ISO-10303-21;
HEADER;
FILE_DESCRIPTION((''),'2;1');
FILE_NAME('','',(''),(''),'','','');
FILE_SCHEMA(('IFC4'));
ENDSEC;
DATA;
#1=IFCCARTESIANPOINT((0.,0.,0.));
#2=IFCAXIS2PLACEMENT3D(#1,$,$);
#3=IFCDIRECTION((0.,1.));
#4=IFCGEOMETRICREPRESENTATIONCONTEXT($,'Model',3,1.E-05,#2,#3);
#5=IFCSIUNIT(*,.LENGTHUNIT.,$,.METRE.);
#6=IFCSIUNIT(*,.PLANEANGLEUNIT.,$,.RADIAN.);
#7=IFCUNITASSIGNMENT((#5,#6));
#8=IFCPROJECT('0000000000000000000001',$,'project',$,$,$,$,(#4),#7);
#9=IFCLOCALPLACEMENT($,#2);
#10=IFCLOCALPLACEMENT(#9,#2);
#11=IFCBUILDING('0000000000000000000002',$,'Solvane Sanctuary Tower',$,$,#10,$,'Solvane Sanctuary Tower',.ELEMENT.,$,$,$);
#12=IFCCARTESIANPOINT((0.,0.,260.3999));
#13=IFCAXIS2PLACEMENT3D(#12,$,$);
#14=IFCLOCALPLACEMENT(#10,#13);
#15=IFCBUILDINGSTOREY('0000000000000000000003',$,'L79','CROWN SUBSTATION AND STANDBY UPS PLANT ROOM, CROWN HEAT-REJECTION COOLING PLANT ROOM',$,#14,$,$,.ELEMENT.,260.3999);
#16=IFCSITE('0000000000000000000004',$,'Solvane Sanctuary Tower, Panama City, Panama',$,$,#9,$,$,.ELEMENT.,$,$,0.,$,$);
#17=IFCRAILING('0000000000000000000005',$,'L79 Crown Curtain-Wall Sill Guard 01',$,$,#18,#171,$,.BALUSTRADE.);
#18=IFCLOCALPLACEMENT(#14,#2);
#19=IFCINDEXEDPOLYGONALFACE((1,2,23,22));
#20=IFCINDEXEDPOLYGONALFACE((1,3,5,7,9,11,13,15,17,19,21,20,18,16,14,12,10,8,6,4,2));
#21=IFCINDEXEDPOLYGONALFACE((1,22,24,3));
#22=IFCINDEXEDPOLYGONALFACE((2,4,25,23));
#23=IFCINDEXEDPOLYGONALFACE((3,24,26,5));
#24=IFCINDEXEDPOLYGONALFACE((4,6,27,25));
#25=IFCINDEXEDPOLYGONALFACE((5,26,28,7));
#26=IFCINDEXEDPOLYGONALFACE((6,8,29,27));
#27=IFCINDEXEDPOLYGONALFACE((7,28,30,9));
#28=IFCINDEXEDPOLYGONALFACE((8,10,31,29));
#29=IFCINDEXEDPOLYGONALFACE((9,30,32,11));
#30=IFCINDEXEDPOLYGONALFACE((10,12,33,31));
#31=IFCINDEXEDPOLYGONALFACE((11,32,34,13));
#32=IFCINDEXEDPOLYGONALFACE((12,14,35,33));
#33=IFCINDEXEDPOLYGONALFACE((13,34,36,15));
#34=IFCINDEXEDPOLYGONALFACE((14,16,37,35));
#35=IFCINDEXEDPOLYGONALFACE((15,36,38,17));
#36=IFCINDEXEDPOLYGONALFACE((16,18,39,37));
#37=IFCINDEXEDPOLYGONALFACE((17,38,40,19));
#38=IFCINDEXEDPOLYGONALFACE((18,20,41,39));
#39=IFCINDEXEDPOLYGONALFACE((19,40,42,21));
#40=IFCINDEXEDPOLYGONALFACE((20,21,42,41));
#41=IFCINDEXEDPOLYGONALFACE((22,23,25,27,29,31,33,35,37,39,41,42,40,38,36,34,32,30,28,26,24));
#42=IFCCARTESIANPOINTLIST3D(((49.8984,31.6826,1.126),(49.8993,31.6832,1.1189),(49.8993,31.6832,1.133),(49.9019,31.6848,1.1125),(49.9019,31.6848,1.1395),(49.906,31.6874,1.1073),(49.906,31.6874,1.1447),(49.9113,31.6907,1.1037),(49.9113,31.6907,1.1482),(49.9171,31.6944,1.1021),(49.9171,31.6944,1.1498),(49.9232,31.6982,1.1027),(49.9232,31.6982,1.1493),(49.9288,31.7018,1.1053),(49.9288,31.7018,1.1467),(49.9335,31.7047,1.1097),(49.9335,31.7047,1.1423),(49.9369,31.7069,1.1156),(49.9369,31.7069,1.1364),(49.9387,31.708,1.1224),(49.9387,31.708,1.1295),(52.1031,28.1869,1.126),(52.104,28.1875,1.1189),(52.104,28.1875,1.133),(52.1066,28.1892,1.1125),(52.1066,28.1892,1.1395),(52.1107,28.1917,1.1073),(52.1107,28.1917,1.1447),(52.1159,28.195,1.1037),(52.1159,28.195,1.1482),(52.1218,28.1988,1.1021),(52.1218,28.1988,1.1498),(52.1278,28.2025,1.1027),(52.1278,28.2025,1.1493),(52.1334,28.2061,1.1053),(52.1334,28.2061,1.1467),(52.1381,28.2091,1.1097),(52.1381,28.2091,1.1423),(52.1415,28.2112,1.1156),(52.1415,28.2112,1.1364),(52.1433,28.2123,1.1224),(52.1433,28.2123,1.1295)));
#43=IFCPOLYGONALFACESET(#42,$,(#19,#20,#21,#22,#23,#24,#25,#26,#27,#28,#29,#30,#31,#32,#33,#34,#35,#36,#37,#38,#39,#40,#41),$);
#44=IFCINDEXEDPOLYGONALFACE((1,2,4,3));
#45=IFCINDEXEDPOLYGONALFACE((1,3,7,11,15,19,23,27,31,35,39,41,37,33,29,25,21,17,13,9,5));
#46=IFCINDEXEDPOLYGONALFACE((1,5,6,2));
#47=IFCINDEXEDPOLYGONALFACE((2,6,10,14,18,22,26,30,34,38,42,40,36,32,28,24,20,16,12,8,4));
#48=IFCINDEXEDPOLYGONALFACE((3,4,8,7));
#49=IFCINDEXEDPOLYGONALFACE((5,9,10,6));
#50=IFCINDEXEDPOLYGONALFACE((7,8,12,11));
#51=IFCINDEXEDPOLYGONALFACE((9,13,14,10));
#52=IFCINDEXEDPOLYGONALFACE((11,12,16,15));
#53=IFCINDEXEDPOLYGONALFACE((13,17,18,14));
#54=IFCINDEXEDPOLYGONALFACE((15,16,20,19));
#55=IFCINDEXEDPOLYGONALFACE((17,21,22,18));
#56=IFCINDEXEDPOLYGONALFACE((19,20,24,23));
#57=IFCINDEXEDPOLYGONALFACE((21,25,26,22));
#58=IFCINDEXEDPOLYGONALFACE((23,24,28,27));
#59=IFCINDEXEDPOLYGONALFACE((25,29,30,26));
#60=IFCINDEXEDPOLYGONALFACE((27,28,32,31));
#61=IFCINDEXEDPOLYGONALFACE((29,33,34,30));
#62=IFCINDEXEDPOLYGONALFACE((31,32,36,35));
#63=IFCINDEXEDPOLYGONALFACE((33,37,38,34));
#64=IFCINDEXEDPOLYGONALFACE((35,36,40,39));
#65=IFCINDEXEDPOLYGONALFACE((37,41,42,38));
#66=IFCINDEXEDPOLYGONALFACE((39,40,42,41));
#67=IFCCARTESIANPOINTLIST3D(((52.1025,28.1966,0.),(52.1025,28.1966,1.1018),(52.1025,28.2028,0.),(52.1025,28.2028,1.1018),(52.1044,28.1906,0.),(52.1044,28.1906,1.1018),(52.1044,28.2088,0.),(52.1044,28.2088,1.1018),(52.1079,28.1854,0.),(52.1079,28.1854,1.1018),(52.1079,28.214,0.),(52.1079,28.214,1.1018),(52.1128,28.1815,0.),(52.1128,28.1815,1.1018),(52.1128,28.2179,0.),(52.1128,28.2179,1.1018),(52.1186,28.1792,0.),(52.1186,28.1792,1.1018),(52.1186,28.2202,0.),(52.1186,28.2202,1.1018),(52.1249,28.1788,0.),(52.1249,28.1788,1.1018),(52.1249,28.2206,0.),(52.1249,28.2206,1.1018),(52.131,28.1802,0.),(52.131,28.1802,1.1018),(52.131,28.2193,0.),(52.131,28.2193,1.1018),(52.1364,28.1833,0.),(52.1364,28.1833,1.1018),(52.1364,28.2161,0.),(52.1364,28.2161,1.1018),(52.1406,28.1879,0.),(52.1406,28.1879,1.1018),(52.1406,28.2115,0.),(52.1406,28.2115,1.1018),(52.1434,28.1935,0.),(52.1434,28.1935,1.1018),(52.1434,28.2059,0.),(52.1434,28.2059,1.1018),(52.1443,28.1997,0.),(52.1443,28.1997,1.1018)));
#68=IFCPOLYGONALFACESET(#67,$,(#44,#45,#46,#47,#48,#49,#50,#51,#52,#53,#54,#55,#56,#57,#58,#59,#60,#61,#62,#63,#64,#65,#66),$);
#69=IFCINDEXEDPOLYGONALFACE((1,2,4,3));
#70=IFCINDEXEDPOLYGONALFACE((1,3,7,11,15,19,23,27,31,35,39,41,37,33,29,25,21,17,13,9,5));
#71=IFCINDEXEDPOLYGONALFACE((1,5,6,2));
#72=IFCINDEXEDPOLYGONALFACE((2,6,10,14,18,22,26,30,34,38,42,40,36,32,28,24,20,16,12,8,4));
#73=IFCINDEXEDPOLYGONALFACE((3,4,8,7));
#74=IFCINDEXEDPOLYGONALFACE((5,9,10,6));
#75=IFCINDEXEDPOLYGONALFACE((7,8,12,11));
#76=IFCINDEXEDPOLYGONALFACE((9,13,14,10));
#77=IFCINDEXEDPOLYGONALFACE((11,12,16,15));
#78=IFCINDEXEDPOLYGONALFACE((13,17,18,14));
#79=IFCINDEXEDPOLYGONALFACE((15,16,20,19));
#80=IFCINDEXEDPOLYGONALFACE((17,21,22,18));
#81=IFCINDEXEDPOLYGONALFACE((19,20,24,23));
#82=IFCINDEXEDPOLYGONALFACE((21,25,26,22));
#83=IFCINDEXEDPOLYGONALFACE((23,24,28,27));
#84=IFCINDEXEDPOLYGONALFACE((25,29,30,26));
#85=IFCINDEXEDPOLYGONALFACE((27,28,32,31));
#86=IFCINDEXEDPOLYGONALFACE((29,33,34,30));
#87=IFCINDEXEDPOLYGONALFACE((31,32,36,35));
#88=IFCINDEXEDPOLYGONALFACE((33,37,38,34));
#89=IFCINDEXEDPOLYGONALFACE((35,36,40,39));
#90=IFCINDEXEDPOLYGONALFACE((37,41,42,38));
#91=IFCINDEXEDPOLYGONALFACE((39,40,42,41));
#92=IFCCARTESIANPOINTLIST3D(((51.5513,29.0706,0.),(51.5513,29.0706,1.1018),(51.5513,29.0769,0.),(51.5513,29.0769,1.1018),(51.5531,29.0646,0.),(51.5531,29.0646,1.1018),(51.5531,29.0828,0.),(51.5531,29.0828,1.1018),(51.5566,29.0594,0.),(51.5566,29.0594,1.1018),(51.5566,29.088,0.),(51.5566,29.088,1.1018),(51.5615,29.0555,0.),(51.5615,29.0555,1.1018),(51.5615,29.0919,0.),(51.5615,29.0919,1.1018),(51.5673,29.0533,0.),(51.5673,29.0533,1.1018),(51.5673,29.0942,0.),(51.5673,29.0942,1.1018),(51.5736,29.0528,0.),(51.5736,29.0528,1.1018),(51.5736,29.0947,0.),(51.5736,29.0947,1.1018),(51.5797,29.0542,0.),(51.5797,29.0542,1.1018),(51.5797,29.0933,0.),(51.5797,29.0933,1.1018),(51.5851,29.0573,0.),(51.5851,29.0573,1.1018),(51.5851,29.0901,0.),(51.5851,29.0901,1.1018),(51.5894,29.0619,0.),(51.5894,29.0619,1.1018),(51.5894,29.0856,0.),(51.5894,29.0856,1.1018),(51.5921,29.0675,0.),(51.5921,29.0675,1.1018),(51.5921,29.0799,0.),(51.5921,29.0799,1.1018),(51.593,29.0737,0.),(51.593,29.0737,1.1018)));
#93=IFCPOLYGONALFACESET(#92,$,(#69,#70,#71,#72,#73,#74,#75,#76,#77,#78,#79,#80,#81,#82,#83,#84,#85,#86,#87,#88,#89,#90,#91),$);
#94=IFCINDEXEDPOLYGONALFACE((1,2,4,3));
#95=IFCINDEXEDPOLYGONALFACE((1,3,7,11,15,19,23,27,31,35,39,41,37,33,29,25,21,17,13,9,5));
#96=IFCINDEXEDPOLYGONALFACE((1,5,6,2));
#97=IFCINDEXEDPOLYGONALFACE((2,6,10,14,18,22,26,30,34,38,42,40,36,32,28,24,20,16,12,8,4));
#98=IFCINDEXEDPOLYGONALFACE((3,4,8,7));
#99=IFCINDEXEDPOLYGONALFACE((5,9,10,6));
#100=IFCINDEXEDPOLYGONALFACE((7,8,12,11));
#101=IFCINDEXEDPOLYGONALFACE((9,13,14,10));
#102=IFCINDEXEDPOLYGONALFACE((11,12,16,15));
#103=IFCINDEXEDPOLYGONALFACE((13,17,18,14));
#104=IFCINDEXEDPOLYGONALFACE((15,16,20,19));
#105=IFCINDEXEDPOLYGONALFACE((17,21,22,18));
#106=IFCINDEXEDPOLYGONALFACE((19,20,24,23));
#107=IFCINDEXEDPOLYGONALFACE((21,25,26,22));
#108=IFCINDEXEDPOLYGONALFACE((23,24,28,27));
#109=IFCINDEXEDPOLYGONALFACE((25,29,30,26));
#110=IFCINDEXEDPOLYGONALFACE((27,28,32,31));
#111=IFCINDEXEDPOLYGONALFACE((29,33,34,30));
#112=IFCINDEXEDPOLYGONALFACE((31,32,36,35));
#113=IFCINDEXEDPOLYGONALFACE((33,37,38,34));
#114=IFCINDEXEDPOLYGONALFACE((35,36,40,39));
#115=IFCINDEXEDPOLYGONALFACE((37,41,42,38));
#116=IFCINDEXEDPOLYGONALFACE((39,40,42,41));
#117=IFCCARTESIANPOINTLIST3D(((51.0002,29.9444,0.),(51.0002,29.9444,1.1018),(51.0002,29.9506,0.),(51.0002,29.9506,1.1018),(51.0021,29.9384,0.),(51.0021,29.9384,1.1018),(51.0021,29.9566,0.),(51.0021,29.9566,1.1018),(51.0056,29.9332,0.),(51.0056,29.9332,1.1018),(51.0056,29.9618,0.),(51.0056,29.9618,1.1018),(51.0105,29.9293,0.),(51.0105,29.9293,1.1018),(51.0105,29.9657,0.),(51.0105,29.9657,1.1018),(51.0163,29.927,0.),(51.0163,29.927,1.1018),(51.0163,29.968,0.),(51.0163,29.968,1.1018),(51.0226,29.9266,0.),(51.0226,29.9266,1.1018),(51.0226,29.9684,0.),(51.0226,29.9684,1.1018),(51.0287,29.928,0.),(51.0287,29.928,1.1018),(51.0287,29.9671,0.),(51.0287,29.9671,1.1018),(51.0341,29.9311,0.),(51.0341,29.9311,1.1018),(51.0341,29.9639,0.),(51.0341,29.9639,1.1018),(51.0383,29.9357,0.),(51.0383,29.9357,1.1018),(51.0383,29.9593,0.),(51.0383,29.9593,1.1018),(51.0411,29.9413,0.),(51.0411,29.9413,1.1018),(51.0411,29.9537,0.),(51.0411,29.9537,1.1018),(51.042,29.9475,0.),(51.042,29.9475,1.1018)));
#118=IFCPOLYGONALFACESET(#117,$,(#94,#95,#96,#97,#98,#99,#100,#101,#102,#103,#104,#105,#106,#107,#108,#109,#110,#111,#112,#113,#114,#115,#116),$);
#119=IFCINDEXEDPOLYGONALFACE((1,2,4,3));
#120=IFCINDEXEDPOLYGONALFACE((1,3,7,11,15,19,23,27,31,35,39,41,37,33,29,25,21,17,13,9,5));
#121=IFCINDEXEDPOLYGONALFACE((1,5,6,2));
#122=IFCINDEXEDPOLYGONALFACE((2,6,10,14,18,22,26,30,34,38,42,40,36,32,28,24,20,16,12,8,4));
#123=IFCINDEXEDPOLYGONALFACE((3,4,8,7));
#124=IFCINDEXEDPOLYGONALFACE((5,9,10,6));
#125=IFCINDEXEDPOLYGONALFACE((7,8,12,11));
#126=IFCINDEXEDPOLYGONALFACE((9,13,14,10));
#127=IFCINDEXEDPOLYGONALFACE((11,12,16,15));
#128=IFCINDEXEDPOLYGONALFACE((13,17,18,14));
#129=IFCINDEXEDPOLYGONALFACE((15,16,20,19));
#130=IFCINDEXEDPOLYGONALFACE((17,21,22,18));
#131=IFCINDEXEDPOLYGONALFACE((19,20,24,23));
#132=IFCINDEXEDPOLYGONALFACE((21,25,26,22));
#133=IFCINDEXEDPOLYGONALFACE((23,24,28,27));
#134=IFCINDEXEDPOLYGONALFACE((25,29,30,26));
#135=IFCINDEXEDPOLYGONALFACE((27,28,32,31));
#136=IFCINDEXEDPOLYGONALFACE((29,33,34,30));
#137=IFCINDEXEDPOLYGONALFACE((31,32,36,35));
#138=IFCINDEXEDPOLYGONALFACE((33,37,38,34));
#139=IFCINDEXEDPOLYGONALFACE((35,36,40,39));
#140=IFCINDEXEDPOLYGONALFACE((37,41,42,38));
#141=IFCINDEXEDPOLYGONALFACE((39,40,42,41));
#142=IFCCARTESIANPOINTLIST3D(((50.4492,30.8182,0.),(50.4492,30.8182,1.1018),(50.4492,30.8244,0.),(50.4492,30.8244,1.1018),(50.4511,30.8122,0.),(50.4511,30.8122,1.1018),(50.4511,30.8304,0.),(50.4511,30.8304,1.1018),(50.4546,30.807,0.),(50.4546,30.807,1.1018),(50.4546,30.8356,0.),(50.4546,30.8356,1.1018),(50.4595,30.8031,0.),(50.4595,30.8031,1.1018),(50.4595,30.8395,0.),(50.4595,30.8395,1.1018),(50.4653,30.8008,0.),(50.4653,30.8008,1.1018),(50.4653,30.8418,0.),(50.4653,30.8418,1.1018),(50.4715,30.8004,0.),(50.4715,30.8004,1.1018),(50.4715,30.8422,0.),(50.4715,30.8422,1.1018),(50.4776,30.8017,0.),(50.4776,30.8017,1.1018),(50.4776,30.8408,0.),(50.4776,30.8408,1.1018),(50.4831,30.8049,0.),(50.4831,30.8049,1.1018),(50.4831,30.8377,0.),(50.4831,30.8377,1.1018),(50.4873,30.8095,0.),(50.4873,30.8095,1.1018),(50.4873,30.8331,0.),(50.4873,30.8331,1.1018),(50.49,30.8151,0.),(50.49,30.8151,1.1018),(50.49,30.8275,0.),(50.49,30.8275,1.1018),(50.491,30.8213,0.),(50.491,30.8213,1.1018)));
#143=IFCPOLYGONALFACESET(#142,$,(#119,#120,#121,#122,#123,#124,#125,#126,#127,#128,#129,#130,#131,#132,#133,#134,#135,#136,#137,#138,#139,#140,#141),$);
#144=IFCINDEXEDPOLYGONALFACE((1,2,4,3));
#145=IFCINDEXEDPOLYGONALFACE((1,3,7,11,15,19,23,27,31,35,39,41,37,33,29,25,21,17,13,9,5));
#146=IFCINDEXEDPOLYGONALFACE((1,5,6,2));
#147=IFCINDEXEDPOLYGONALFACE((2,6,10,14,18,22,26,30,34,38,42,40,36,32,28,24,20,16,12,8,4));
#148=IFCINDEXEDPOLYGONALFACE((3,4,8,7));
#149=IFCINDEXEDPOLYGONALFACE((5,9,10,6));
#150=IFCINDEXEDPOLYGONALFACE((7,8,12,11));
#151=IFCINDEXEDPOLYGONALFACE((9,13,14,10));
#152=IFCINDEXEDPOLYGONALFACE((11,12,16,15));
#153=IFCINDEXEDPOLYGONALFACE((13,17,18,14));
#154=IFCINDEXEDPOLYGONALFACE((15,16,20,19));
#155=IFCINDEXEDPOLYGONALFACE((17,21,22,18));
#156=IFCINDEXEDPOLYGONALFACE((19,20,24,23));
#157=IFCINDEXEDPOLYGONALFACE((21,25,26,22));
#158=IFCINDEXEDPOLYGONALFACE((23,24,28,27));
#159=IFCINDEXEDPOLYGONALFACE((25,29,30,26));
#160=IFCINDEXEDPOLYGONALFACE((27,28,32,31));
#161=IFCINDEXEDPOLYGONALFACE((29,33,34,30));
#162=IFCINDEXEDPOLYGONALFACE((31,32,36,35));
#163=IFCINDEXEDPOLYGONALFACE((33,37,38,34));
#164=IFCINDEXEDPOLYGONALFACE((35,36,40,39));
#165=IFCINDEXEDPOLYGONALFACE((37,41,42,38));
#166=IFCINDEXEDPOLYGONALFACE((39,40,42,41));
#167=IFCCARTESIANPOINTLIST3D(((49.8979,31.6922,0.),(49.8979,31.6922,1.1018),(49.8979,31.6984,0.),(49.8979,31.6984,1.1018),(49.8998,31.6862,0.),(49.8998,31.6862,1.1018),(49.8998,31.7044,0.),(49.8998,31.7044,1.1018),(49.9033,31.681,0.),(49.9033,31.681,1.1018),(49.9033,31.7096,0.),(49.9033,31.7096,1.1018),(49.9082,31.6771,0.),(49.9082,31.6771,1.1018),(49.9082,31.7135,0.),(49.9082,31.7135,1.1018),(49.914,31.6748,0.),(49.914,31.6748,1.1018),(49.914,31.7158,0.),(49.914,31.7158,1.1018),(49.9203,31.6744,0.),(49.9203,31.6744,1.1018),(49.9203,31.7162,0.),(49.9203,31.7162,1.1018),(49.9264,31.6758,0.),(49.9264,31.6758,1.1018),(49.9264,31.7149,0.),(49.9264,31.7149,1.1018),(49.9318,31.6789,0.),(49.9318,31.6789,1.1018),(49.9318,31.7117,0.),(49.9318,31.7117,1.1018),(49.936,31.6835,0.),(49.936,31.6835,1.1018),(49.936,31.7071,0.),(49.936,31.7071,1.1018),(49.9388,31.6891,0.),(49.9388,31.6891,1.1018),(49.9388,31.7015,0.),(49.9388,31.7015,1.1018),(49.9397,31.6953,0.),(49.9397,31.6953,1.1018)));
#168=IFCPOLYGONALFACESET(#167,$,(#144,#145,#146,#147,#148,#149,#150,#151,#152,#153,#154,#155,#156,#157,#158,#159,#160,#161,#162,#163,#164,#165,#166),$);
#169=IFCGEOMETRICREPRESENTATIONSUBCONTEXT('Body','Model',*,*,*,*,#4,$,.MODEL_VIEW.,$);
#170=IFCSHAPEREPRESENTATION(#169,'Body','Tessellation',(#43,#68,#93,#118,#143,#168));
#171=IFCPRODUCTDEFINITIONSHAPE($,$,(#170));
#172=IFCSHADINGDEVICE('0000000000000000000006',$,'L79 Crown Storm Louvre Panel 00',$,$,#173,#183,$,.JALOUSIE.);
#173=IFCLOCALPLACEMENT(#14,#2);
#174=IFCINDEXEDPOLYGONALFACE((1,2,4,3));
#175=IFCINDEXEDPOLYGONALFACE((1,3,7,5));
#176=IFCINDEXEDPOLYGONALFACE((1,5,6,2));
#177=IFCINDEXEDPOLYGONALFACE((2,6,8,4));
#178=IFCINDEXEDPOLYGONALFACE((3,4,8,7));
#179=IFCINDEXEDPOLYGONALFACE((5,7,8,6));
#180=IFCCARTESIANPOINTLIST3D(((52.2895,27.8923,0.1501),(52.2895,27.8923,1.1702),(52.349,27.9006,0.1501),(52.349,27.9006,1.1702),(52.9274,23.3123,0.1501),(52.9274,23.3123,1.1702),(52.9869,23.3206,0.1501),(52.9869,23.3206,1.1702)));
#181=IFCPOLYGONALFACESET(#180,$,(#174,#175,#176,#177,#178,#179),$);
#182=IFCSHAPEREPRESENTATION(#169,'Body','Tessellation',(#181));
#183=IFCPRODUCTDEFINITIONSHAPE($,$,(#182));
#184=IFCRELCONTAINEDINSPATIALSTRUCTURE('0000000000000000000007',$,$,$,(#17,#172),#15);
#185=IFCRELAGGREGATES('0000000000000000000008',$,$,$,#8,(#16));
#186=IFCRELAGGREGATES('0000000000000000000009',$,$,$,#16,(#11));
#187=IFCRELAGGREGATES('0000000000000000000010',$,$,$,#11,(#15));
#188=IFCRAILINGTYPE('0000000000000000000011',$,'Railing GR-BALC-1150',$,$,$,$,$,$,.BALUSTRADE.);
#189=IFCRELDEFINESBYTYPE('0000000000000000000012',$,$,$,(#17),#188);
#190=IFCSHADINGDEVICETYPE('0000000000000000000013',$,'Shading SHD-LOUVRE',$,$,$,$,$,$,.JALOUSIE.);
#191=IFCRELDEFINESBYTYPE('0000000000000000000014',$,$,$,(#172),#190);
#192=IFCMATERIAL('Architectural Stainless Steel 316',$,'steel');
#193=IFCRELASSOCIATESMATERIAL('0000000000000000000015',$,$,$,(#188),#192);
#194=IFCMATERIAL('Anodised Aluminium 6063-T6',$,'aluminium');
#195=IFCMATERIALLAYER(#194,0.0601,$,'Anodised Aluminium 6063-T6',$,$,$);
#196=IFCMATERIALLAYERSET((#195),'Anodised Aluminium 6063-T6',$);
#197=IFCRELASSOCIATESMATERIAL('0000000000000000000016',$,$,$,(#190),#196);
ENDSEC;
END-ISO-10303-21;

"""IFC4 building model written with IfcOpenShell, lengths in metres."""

from ifc_helpers import new_model, si_unit, direction, frame, origin, origin_2d, place, context, subcontext, project, spatial, rectangle, circle, extrude, material, layer, layer_set, type_object, element, save


model = new_model("IFC4")

# Units and contexts
model_context = context("Model", 3, precision=1e-05, world=origin(), true_north=direction((0.0, 1.0)))
body_context = subcontext(model_context, "Body", "Model", "MODEL_VIEW")
ifc_project = project(units=[si_unit("LENGTHUNIT", "METRE"), si_unit("PLANEANGLEUNIT", "RADIAN")], contexts=[model_context])

# Site, building, storey
site_placement = place(None, origin())
site = spatial("IfcSite", under=ifc_project, at=site_placement, Name="Solvane Sanctuary Tower, Panama City, Panama", CompositionType="ELEMENT", RefElevation=0.0)
building_placement = place(site_placement, origin())
building = spatial("IfcBuilding", under=site, at=building_placement, Name="Solvane Sanctuary Tower", LongName="Solvane Sanctuary Tower", CompositionType="ELEMENT")
storey_placement = place(building_placement, frame((0.0, 0.0, 260.3999)))
storey = spatial("IfcBuildingStorey", under=building, at=storey_placement, Name="L79", Description="CROWN SUBSTATION AND STANDBY UPS PLANT ROOM, CROWN HEAT-REJECTION COOLING PLANT ROOM", CompositionType="ELEMENT", Elevation=260.3999)

# Shared definitions
ifc_material_1 = material(Name="Anodised Aluminium 6063-T6", Category="aluminium")

# Shared definitions
ifc_material_2 = material(Name="Architectural Stainless Steel 316", Category="steel")

# Railing
railing_type = type_object("IfcRailingType", Name="Railing GR-BALC-1150", PredefinedType="BALUSTRADE", material=ifc_material_2)
railing_placement = place(storey_placement, frame((52.1233, 28.1997, 0.0)))
element("IfcRailing", 1, at=railing_placement, inside=storey, type_object=railing_type, Name="L79 Crown Curtain-Wall Sill Guard 01", PredefinedType="BALUSTRADE", context=body_context, shape_type="SweptSolid", body=[
    extrude(circle(Radius=0.0239, at=origin_2d()), frame((0.0, 0.0, 1.126), z_axis=(-0.533446, 0.845834, 0.0), x_axis=(-0.845834, -0.533446, 0.0)), (0.0, 0.0, 1.0), 4.1328),
    extrude(circle(Radius=0.021, at=origin_2d()), origin(), (0.0, 0.0, 1.0), 1.1018),
    extrude(circle(Radius=0.021, at=origin_2d()), frame((-0.5513, 0.874, 0.0)), (0.0, 0.0, 1.0), 1.1018),
    extrude(circle(Radius=0.021, at=origin_2d()), frame((-1.1023, 1.7478, 0.0)), (0.0, 0.0, 1.0), 1.1018),
    extrude(circle(Radius=0.021, at=origin_2d()), frame((-1.6533, 2.6216, 0.0)), (0.0, 0.0, 1.0), 1.1018),
    extrude(circle(Radius=0.021, at=origin_2d()), frame((-2.2046, 3.4956, 0.0)), (0.0, 0.0, 1.0), 1.1018),
])

# Shading device
ifc_layer_1 = layer(ifc_material_1, 0.0601, Name="Anodised Aluminium 6063-T6")
ifc_layer_set_1 = layer_set([ifc_layer_1], Name="Anodised Aluminium 6063-T6")
shading_device_type = type_object("IfcShadingDeviceType", Name="Shading SHD-LOUVRE", PredefinedType="JALOUSIE", material=ifc_layer_set_1)
shading_device_placement = place(storey_placement, frame((52.6382, 25.6064, 0.1501), z_axis=(0.0, 0.0, 1.0), x_axis=(-0.137953, 0.990439, 0.0)))
element("IfcShadingDevice", 2, at=shading_device_placement, inside=storey, type_object=shading_device_type, Name="L79 Crown Storm Louvre Panel 00", PredefinedType="JALOUSIE", context=body_context, shape_type="SweptSolid", body=[
    extrude(rectangle(XDim=4.6243, YDim=0.0601, at=origin_2d()), origin(), (0.0, 0.0, 1.0), 1.02),
])

save(model, "model.ifc")
